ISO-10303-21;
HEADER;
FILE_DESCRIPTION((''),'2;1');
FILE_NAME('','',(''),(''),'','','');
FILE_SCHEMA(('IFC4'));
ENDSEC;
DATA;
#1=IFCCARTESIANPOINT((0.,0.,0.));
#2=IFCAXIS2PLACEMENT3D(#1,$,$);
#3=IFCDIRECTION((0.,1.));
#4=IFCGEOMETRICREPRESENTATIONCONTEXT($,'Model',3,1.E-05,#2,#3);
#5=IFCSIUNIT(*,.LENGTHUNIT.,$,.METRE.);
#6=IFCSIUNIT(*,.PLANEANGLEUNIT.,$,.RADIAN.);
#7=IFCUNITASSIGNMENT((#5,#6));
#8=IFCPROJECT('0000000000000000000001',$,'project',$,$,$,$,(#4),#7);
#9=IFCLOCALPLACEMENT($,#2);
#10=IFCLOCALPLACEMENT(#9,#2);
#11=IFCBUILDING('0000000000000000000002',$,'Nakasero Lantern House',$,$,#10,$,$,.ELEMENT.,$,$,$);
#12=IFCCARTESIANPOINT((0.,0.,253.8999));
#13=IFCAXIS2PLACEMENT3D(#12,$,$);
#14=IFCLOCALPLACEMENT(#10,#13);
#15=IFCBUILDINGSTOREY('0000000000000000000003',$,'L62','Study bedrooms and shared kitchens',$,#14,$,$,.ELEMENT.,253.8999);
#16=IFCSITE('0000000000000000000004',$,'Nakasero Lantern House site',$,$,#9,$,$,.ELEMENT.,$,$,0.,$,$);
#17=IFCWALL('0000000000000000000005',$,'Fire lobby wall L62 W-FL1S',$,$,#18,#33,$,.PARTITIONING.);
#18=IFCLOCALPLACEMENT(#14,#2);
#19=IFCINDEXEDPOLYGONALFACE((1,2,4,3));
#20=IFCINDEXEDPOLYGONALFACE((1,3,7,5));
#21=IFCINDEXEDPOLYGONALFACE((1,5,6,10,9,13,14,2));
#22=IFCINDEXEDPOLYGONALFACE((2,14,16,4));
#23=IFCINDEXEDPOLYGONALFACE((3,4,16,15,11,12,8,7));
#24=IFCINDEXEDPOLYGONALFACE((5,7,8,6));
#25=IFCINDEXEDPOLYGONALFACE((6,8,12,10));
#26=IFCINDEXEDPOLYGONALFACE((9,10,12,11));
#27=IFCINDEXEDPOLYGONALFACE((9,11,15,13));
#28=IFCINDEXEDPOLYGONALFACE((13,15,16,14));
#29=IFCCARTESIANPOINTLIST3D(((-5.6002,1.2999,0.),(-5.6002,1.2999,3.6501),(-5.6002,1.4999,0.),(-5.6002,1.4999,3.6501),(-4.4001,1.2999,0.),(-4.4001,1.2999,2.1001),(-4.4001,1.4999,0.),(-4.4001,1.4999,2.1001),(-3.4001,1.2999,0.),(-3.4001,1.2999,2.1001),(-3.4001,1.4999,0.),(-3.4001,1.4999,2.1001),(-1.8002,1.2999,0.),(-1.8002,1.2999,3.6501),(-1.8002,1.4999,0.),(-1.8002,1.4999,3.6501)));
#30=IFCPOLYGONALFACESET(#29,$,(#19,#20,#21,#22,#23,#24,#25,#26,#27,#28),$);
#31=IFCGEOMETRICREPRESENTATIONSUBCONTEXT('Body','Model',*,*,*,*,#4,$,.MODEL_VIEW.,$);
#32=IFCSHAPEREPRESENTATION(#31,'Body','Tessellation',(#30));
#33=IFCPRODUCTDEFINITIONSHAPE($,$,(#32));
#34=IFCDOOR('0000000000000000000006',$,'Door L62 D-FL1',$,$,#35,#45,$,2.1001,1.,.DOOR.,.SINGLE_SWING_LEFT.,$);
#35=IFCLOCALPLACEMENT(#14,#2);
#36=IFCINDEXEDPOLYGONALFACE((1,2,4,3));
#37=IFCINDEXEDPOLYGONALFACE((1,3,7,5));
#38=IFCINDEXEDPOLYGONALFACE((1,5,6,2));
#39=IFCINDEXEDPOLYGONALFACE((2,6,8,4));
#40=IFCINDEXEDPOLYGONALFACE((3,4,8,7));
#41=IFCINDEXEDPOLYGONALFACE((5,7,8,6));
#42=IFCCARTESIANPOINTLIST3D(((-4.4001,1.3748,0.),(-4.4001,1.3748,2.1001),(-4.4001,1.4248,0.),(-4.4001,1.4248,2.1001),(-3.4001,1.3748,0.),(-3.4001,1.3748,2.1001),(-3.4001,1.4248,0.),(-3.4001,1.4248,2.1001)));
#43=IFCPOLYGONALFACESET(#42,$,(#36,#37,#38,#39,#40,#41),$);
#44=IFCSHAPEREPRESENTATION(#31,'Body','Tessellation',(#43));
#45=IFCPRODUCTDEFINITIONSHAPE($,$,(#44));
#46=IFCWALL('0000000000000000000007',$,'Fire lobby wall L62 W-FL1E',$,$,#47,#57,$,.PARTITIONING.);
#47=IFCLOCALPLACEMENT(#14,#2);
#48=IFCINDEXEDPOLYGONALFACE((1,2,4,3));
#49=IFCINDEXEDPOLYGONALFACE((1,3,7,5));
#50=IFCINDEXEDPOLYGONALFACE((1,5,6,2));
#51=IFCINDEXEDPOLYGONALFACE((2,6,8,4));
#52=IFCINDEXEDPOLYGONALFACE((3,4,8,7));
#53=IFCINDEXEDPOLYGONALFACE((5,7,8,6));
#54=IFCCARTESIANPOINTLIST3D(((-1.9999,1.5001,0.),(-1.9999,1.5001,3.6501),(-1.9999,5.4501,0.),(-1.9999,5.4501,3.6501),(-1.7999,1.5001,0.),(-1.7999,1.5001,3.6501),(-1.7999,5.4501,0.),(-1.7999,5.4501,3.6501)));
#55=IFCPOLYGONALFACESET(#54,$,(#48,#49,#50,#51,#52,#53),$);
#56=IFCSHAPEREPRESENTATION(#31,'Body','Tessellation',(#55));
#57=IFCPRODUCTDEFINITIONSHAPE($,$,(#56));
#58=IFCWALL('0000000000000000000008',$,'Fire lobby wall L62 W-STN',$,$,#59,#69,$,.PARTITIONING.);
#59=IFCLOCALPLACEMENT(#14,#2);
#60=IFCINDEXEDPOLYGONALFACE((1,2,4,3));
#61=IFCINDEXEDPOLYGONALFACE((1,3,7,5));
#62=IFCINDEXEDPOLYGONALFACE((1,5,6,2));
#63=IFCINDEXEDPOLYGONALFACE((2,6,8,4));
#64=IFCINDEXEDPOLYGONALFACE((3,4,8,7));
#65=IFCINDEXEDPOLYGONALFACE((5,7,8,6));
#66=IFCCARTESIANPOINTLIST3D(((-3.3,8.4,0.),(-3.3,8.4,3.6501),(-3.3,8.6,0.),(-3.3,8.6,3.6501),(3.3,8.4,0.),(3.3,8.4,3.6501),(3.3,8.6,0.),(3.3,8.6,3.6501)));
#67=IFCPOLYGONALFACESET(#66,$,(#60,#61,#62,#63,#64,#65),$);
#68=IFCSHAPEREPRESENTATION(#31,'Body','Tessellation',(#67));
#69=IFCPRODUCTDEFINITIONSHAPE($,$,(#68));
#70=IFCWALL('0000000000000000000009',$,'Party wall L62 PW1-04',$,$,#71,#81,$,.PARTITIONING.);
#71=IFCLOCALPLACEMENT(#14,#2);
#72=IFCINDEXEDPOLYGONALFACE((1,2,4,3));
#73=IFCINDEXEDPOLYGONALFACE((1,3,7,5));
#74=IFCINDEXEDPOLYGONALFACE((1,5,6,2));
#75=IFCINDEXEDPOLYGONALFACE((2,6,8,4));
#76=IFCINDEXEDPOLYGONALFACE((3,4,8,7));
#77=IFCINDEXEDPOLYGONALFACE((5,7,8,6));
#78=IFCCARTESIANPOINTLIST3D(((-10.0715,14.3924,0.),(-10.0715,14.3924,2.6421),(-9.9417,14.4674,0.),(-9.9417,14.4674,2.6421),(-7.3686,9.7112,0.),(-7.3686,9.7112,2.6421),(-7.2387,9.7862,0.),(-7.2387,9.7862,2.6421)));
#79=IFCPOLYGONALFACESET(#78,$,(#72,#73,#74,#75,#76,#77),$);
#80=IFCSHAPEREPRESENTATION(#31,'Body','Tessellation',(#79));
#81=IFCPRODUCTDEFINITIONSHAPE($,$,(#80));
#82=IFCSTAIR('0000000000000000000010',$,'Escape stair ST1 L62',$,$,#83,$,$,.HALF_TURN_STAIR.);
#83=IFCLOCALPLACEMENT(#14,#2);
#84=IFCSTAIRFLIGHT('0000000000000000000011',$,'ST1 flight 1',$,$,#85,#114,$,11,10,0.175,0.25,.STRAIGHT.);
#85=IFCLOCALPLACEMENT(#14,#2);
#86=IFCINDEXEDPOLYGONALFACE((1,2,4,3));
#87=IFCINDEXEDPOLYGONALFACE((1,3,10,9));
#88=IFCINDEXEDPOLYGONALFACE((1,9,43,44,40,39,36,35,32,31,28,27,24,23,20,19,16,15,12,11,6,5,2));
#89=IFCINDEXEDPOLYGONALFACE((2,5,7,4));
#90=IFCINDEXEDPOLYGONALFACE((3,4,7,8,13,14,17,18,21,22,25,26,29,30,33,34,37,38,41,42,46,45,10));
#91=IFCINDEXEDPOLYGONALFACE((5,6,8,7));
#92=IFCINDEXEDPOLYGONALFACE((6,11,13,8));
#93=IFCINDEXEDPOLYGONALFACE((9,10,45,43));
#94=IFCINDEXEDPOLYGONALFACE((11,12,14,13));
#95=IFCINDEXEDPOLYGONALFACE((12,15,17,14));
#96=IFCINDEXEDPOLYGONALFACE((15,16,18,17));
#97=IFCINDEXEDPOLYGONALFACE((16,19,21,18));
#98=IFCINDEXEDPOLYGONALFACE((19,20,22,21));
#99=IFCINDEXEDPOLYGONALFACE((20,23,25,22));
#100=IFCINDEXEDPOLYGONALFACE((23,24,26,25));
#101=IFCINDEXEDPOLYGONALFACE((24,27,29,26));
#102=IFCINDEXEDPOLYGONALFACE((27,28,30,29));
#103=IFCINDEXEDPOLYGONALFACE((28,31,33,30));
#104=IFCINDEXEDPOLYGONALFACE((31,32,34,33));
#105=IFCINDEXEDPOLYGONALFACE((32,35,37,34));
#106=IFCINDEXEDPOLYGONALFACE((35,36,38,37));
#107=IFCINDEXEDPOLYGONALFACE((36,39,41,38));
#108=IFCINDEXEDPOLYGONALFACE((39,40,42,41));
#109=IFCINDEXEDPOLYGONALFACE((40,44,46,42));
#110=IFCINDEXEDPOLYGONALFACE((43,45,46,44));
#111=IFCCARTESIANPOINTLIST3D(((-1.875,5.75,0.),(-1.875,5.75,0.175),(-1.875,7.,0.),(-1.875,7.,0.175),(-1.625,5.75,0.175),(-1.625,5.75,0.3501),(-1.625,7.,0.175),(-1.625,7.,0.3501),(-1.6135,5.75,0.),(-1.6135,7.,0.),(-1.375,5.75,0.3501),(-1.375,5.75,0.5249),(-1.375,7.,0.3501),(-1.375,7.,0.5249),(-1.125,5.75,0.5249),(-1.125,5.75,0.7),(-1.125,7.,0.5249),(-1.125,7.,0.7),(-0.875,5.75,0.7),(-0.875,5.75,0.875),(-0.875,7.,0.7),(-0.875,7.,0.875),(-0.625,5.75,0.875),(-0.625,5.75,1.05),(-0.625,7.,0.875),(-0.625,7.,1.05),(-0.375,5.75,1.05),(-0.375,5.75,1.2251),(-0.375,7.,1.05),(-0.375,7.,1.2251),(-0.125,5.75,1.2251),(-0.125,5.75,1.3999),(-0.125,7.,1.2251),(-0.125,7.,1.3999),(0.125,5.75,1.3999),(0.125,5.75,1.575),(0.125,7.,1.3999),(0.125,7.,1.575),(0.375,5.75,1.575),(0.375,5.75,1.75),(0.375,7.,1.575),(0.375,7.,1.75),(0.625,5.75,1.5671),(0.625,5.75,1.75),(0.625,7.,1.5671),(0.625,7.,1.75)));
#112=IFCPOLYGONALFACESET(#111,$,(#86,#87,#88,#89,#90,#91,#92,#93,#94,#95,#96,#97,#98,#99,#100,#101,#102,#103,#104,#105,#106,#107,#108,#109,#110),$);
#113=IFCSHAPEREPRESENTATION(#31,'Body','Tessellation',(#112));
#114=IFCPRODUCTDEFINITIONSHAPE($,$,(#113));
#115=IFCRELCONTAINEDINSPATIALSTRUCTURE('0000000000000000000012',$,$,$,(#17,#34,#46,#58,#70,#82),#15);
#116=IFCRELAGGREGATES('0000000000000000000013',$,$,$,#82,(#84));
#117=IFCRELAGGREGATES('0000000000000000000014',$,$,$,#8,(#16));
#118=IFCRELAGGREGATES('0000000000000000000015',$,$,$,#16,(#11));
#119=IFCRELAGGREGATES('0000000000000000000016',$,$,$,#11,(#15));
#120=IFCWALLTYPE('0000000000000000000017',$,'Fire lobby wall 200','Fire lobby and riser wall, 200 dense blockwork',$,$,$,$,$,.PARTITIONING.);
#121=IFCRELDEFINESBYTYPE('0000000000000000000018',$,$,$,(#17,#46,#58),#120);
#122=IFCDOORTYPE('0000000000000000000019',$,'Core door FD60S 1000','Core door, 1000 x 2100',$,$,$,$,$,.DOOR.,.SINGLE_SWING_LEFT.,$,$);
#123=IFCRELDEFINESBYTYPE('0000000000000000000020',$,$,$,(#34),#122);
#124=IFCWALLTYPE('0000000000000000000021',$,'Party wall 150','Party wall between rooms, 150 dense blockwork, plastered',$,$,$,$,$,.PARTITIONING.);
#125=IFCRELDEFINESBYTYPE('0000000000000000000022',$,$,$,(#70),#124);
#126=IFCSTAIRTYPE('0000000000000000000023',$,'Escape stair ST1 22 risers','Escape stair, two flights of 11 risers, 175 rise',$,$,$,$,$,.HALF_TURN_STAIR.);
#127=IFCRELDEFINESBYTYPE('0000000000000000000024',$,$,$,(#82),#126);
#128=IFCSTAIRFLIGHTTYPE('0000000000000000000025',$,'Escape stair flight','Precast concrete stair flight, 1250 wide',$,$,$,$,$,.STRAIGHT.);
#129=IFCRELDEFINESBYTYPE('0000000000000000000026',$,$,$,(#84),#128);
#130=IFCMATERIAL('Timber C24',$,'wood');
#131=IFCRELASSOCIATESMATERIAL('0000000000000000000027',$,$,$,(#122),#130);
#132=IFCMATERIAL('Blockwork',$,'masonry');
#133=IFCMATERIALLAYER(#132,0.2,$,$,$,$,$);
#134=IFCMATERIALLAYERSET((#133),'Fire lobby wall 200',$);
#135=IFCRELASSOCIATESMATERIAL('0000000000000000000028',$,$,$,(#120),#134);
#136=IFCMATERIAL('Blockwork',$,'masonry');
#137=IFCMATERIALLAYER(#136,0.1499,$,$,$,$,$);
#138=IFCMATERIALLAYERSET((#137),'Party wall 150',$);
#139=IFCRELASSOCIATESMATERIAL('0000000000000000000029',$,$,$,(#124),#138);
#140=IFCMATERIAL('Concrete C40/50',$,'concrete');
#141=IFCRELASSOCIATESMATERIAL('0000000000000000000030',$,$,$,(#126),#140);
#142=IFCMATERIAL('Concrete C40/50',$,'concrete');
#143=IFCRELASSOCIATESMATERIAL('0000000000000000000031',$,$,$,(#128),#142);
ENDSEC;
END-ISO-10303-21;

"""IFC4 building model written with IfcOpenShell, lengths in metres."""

from ifc_helpers import new_model, si_unit, direction, frame, frame_2d, origin, place, context, subcontext, project, spatial, polyline, rectangle, outline, extrude, material, layer, layer_set, type_object, element, fill, aggregate, save


model = new_model("IFC4")

# Units and contexts
model_context = context("Model", 3, precision=1e-05, world=origin(), true_north=direction((0.0, 1.0)))
body_context = subcontext(model_context, "Body", "Model", "MODEL_VIEW")
ifc_project = project(units=[si_unit("LENGTHUNIT", "METRE"), si_unit("PLANEANGLEUNIT", "RADIAN")], contexts=[model_context])

# Site, building, storey
site_placement = place(None, origin())
site = spatial("IfcSite", under=ifc_project, at=site_placement, Name="Nakasero Lantern House site", CompositionType="ELEMENT", RefElevation=0.0)
building_placement = place(site_placement, origin())
building = spatial("IfcBuilding", under=site, at=building_placement, Name="Nakasero Lantern House", CompositionType="ELEMENT")
storey_placement = place(building_placement, frame((0.0, 0.0, 253.8999)))
storey = spatial("IfcBuildingStorey", under=building, at=storey_placement, Name="L62", Description="Study bedrooms and shared kitchens", CompositionType="ELEMENT", Elevation=253.8999)

# Shared definitions
ifc_material_1 = material(Name="Timber C24", Category="wood")
door_type_1 = type_object("IfcDoorType", Name="Core door FD60S 1000", Description="Core door, 1000 x 2100", OperationType="SINGLE_SWING_LEFT", PredefinedType="DOOR", material=ifc_material_1)

# Wall, opening, door
ifc_material_2 = material(Name="Blockwork", Category="masonry")
ifc_layer_1 = layer(ifc_material_2, 0.2)
ifc_layer_set_1 = layer_set([ifc_layer_1], Name="Fire lobby wall 200")
wall_type_1 = type_object("IfcWallType", Name="Fire lobby wall 200", Description="Fire lobby and riser wall, 200 dense blockwork", PredefinedType="PARTITIONING", material=ifc_layer_set_1)
wall_1_placement = place(storey_placement, frame((-5.6001, 1.3999, 0.0), z_axis=(0.0, 0.0, 1.0), x_axis=(1.0, 0.0, 0.0)))
wall_1 = element("IfcWall", 1, at=wall_1_placement, inside=storey, type_object=wall_type_1, Name="Fire lobby wall L62 W-FL1S", PredefinedType="PARTITIONING", context=body_context, shape_type="SweptSolid", body=[
    extrude(rectangle(XDim=3.8, YDim=0.2, at=frame_2d((1.8999, 0.0))), origin(), (0.0, 0.0, 1.0), 3.6501),
])
opening_1_placement = place(wall_1_placement, frame((1.2, 0.0, 0.0)))
opening_1 = element("IfcOpeningElement", 2, at=opening_1_placement, cuts=wall_1, PredefinedType="OPENING", context=body_context, shape_type="SweptSolid", body=[
    extrude(rectangle(XDim=1.0, YDim=2.1001, at=frame_2d((0.5, 1.05))), frame((0.0, 0.1199, 0.0), z_axis=(0.0, -1.0, 0.0), x_axis=(1.0, 0.0, 0.0)), (0.0, 0.0, 1.0), 0.24),
])
door_1_placement = place(opening_1_placement, origin())
door_1 = element("IfcDoor", 3, at=door_1_placement, inside=storey, type_object=door_type_1, Name="Door L62 D-FL1", OperationType="SINGLE_SWING_LEFT", OverallHeight=2.1001, OverallWidth=1.0, PredefinedType="DOOR", context=body_context, shape_type="SweptSolid", body=[
    extrude(rectangle(XDim=1.0, YDim=2.1001, at=frame_2d((0.5, 1.05))), frame((0.0, 0.0249, 0.0), z_axis=(0.0, -1.0, 0.0), x_axis=(1.0, 0.0, 0.0)), (0.0, 0.0, 1.0), 0.05),
])
fill(opening_1, door_1)

# Walls
wall_2_placement = place(storey_placement, frame((-1.8999, 1.5, 0.0), z_axis=(0.0, 0.0, 1.0), x_axis=(0.0, 1.0, 0.0)))
element("IfcWall", 4, at=wall_2_placement, inside=storey, type_object=wall_type_1, Name="Fire lobby wall L62 W-FL1E", PredefinedType="PARTITIONING", context=body_context, shape_type="SweptSolid", body=[
    extrude(rectangle(XDim=3.95, YDim=0.2, at=frame_2d((1.9751, 0.0))), origin(), (0.0, 0.0, 1.0), 3.6501),
])
wall_3_placement = place(storey_placement, frame((-3.3, 8.5, 0.0), z_axis=(0.0, 0.0, 1.0), x_axis=(1.0, 0.0, 0.0)))
element("IfcWall", 5, at=wall_3_placement, inside=storey, type_object=wall_type_1, Name="Fire lobby wall L62 W-STN", PredefinedType="PARTITIONING", context=body_context, shape_type="SweptSolid", body=[
    extrude(rectangle(XDim=6.6001, YDim=0.2, at=frame_2d((3.3, 0.0))), origin(), (0.0, 0.0, 1.0), 3.6501),
])
ifc_material_3 = material(Name="Blockwork", Category="masonry")
ifc_layer_2 = layer(ifc_material_3, 0.1499)
ifc_layer_set_2 = layer_set([ifc_layer_2], Name="Party wall 150")
wall_type_2 = type_object("IfcWallType", Name="Party wall 150", Description="Party wall between rooms, 150 dense blockwork, plastered", PredefinedType="PARTITIONING", material=ifc_layer_set_2)
wall_4_placement = place(storey_placement, frame((-7.3037, 9.7488, 0.0), z_axis=(0.0, 0.0, 1.0), x_axis=(-0.50003, 0.866008, 0.0)))
element("IfcWall", 6, at=wall_4_placement, inside=storey, type_object=wall_type_2, Name="Party wall L62 PW1-04", PredefinedType="PARTITIONING", context=body_context, shape_type="SweptSolid", body=[
    extrude(rectangle(XDim=5.4055, YDim=0.1499, at=frame_2d((2.7026, 0.0))), origin(), (0.0, 0.0, 1.0), 2.6421),
])

# Stair, stair flight
ifc_material_4 = material(Name="Concrete C40/50", Category="concrete")
stair_type = type_object("IfcStairType", Name="Escape stair ST1 22 risers", Description="Escape stair, two flights of 11 risers, 175 rise", PredefinedType="HALF_TURN_STAIR", material=ifc_material_4)
stair_placement = place(storey_placement, origin())
stair = element("IfcStair", 7, at=stair_placement, inside=storey, type_object=stair_type, Name="Escape stair ST1 L62", PredefinedType="HALF_TURN_STAIR")
ifc_material_5 = material(Name="Concrete C40/50", Category="concrete")
stair_flight_type = type_object("IfcStairFlightType", Name="Escape stair flight", Description="Precast concrete stair flight, 1250 wide", PredefinedType="STRAIGHT", material=ifc_material_5)
stair_flight_placement = place(storey_placement, frame((-1.875, 6.375, 0.0), z_axis=(0.0, 0.0, 1.0), x_axis=(1.0, 0.0, 0.0)))
stair_flight = element("IfcStairFlight", 8, at=stair_flight_placement, type_object=stair_flight_type, Name="ST1 flight 1", NumberOfRisers=11, NumberOfTreads=10, PredefinedType="STRAIGHT", RiserHeight=0.175, TreadLength=0.25, context=body_context, shape_type="SweptSolid", body=[
    extrude(outline(polyline([(0.0, 0.0), (0.0, 0.175), (0.25, 0.175), (0.25, 0.3501), (0.5, 0.3501), (0.5, 0.5249), (0.75, 0.5249), (0.75, 0.7), (1.0, 0.7), (1.0, 0.875), (1.25, 0.875), (1.25, 1.05), (1.5, 1.05), (1.5, 1.2251), (1.75, 1.2251), (1.75, 1.3999), (2.0, 1.3999), (2.0, 1.575), (2.25, 1.575), (2.25, 1.75), (2.5, 1.75), (2.5, 1.925), (2.5, 1.5671), (0.2615, 0.0), (0.0, 0.0)])), frame((0.0, 0.625, 0.0), z_axis=(0.0, -1.0, 0.0), x_axis=(1.0, 0.0, 0.0)), (0.0, 0.0, 1.0), 1.25),
])
aggregate(stair, [stair_flight])

save(model, "model.ifc")
